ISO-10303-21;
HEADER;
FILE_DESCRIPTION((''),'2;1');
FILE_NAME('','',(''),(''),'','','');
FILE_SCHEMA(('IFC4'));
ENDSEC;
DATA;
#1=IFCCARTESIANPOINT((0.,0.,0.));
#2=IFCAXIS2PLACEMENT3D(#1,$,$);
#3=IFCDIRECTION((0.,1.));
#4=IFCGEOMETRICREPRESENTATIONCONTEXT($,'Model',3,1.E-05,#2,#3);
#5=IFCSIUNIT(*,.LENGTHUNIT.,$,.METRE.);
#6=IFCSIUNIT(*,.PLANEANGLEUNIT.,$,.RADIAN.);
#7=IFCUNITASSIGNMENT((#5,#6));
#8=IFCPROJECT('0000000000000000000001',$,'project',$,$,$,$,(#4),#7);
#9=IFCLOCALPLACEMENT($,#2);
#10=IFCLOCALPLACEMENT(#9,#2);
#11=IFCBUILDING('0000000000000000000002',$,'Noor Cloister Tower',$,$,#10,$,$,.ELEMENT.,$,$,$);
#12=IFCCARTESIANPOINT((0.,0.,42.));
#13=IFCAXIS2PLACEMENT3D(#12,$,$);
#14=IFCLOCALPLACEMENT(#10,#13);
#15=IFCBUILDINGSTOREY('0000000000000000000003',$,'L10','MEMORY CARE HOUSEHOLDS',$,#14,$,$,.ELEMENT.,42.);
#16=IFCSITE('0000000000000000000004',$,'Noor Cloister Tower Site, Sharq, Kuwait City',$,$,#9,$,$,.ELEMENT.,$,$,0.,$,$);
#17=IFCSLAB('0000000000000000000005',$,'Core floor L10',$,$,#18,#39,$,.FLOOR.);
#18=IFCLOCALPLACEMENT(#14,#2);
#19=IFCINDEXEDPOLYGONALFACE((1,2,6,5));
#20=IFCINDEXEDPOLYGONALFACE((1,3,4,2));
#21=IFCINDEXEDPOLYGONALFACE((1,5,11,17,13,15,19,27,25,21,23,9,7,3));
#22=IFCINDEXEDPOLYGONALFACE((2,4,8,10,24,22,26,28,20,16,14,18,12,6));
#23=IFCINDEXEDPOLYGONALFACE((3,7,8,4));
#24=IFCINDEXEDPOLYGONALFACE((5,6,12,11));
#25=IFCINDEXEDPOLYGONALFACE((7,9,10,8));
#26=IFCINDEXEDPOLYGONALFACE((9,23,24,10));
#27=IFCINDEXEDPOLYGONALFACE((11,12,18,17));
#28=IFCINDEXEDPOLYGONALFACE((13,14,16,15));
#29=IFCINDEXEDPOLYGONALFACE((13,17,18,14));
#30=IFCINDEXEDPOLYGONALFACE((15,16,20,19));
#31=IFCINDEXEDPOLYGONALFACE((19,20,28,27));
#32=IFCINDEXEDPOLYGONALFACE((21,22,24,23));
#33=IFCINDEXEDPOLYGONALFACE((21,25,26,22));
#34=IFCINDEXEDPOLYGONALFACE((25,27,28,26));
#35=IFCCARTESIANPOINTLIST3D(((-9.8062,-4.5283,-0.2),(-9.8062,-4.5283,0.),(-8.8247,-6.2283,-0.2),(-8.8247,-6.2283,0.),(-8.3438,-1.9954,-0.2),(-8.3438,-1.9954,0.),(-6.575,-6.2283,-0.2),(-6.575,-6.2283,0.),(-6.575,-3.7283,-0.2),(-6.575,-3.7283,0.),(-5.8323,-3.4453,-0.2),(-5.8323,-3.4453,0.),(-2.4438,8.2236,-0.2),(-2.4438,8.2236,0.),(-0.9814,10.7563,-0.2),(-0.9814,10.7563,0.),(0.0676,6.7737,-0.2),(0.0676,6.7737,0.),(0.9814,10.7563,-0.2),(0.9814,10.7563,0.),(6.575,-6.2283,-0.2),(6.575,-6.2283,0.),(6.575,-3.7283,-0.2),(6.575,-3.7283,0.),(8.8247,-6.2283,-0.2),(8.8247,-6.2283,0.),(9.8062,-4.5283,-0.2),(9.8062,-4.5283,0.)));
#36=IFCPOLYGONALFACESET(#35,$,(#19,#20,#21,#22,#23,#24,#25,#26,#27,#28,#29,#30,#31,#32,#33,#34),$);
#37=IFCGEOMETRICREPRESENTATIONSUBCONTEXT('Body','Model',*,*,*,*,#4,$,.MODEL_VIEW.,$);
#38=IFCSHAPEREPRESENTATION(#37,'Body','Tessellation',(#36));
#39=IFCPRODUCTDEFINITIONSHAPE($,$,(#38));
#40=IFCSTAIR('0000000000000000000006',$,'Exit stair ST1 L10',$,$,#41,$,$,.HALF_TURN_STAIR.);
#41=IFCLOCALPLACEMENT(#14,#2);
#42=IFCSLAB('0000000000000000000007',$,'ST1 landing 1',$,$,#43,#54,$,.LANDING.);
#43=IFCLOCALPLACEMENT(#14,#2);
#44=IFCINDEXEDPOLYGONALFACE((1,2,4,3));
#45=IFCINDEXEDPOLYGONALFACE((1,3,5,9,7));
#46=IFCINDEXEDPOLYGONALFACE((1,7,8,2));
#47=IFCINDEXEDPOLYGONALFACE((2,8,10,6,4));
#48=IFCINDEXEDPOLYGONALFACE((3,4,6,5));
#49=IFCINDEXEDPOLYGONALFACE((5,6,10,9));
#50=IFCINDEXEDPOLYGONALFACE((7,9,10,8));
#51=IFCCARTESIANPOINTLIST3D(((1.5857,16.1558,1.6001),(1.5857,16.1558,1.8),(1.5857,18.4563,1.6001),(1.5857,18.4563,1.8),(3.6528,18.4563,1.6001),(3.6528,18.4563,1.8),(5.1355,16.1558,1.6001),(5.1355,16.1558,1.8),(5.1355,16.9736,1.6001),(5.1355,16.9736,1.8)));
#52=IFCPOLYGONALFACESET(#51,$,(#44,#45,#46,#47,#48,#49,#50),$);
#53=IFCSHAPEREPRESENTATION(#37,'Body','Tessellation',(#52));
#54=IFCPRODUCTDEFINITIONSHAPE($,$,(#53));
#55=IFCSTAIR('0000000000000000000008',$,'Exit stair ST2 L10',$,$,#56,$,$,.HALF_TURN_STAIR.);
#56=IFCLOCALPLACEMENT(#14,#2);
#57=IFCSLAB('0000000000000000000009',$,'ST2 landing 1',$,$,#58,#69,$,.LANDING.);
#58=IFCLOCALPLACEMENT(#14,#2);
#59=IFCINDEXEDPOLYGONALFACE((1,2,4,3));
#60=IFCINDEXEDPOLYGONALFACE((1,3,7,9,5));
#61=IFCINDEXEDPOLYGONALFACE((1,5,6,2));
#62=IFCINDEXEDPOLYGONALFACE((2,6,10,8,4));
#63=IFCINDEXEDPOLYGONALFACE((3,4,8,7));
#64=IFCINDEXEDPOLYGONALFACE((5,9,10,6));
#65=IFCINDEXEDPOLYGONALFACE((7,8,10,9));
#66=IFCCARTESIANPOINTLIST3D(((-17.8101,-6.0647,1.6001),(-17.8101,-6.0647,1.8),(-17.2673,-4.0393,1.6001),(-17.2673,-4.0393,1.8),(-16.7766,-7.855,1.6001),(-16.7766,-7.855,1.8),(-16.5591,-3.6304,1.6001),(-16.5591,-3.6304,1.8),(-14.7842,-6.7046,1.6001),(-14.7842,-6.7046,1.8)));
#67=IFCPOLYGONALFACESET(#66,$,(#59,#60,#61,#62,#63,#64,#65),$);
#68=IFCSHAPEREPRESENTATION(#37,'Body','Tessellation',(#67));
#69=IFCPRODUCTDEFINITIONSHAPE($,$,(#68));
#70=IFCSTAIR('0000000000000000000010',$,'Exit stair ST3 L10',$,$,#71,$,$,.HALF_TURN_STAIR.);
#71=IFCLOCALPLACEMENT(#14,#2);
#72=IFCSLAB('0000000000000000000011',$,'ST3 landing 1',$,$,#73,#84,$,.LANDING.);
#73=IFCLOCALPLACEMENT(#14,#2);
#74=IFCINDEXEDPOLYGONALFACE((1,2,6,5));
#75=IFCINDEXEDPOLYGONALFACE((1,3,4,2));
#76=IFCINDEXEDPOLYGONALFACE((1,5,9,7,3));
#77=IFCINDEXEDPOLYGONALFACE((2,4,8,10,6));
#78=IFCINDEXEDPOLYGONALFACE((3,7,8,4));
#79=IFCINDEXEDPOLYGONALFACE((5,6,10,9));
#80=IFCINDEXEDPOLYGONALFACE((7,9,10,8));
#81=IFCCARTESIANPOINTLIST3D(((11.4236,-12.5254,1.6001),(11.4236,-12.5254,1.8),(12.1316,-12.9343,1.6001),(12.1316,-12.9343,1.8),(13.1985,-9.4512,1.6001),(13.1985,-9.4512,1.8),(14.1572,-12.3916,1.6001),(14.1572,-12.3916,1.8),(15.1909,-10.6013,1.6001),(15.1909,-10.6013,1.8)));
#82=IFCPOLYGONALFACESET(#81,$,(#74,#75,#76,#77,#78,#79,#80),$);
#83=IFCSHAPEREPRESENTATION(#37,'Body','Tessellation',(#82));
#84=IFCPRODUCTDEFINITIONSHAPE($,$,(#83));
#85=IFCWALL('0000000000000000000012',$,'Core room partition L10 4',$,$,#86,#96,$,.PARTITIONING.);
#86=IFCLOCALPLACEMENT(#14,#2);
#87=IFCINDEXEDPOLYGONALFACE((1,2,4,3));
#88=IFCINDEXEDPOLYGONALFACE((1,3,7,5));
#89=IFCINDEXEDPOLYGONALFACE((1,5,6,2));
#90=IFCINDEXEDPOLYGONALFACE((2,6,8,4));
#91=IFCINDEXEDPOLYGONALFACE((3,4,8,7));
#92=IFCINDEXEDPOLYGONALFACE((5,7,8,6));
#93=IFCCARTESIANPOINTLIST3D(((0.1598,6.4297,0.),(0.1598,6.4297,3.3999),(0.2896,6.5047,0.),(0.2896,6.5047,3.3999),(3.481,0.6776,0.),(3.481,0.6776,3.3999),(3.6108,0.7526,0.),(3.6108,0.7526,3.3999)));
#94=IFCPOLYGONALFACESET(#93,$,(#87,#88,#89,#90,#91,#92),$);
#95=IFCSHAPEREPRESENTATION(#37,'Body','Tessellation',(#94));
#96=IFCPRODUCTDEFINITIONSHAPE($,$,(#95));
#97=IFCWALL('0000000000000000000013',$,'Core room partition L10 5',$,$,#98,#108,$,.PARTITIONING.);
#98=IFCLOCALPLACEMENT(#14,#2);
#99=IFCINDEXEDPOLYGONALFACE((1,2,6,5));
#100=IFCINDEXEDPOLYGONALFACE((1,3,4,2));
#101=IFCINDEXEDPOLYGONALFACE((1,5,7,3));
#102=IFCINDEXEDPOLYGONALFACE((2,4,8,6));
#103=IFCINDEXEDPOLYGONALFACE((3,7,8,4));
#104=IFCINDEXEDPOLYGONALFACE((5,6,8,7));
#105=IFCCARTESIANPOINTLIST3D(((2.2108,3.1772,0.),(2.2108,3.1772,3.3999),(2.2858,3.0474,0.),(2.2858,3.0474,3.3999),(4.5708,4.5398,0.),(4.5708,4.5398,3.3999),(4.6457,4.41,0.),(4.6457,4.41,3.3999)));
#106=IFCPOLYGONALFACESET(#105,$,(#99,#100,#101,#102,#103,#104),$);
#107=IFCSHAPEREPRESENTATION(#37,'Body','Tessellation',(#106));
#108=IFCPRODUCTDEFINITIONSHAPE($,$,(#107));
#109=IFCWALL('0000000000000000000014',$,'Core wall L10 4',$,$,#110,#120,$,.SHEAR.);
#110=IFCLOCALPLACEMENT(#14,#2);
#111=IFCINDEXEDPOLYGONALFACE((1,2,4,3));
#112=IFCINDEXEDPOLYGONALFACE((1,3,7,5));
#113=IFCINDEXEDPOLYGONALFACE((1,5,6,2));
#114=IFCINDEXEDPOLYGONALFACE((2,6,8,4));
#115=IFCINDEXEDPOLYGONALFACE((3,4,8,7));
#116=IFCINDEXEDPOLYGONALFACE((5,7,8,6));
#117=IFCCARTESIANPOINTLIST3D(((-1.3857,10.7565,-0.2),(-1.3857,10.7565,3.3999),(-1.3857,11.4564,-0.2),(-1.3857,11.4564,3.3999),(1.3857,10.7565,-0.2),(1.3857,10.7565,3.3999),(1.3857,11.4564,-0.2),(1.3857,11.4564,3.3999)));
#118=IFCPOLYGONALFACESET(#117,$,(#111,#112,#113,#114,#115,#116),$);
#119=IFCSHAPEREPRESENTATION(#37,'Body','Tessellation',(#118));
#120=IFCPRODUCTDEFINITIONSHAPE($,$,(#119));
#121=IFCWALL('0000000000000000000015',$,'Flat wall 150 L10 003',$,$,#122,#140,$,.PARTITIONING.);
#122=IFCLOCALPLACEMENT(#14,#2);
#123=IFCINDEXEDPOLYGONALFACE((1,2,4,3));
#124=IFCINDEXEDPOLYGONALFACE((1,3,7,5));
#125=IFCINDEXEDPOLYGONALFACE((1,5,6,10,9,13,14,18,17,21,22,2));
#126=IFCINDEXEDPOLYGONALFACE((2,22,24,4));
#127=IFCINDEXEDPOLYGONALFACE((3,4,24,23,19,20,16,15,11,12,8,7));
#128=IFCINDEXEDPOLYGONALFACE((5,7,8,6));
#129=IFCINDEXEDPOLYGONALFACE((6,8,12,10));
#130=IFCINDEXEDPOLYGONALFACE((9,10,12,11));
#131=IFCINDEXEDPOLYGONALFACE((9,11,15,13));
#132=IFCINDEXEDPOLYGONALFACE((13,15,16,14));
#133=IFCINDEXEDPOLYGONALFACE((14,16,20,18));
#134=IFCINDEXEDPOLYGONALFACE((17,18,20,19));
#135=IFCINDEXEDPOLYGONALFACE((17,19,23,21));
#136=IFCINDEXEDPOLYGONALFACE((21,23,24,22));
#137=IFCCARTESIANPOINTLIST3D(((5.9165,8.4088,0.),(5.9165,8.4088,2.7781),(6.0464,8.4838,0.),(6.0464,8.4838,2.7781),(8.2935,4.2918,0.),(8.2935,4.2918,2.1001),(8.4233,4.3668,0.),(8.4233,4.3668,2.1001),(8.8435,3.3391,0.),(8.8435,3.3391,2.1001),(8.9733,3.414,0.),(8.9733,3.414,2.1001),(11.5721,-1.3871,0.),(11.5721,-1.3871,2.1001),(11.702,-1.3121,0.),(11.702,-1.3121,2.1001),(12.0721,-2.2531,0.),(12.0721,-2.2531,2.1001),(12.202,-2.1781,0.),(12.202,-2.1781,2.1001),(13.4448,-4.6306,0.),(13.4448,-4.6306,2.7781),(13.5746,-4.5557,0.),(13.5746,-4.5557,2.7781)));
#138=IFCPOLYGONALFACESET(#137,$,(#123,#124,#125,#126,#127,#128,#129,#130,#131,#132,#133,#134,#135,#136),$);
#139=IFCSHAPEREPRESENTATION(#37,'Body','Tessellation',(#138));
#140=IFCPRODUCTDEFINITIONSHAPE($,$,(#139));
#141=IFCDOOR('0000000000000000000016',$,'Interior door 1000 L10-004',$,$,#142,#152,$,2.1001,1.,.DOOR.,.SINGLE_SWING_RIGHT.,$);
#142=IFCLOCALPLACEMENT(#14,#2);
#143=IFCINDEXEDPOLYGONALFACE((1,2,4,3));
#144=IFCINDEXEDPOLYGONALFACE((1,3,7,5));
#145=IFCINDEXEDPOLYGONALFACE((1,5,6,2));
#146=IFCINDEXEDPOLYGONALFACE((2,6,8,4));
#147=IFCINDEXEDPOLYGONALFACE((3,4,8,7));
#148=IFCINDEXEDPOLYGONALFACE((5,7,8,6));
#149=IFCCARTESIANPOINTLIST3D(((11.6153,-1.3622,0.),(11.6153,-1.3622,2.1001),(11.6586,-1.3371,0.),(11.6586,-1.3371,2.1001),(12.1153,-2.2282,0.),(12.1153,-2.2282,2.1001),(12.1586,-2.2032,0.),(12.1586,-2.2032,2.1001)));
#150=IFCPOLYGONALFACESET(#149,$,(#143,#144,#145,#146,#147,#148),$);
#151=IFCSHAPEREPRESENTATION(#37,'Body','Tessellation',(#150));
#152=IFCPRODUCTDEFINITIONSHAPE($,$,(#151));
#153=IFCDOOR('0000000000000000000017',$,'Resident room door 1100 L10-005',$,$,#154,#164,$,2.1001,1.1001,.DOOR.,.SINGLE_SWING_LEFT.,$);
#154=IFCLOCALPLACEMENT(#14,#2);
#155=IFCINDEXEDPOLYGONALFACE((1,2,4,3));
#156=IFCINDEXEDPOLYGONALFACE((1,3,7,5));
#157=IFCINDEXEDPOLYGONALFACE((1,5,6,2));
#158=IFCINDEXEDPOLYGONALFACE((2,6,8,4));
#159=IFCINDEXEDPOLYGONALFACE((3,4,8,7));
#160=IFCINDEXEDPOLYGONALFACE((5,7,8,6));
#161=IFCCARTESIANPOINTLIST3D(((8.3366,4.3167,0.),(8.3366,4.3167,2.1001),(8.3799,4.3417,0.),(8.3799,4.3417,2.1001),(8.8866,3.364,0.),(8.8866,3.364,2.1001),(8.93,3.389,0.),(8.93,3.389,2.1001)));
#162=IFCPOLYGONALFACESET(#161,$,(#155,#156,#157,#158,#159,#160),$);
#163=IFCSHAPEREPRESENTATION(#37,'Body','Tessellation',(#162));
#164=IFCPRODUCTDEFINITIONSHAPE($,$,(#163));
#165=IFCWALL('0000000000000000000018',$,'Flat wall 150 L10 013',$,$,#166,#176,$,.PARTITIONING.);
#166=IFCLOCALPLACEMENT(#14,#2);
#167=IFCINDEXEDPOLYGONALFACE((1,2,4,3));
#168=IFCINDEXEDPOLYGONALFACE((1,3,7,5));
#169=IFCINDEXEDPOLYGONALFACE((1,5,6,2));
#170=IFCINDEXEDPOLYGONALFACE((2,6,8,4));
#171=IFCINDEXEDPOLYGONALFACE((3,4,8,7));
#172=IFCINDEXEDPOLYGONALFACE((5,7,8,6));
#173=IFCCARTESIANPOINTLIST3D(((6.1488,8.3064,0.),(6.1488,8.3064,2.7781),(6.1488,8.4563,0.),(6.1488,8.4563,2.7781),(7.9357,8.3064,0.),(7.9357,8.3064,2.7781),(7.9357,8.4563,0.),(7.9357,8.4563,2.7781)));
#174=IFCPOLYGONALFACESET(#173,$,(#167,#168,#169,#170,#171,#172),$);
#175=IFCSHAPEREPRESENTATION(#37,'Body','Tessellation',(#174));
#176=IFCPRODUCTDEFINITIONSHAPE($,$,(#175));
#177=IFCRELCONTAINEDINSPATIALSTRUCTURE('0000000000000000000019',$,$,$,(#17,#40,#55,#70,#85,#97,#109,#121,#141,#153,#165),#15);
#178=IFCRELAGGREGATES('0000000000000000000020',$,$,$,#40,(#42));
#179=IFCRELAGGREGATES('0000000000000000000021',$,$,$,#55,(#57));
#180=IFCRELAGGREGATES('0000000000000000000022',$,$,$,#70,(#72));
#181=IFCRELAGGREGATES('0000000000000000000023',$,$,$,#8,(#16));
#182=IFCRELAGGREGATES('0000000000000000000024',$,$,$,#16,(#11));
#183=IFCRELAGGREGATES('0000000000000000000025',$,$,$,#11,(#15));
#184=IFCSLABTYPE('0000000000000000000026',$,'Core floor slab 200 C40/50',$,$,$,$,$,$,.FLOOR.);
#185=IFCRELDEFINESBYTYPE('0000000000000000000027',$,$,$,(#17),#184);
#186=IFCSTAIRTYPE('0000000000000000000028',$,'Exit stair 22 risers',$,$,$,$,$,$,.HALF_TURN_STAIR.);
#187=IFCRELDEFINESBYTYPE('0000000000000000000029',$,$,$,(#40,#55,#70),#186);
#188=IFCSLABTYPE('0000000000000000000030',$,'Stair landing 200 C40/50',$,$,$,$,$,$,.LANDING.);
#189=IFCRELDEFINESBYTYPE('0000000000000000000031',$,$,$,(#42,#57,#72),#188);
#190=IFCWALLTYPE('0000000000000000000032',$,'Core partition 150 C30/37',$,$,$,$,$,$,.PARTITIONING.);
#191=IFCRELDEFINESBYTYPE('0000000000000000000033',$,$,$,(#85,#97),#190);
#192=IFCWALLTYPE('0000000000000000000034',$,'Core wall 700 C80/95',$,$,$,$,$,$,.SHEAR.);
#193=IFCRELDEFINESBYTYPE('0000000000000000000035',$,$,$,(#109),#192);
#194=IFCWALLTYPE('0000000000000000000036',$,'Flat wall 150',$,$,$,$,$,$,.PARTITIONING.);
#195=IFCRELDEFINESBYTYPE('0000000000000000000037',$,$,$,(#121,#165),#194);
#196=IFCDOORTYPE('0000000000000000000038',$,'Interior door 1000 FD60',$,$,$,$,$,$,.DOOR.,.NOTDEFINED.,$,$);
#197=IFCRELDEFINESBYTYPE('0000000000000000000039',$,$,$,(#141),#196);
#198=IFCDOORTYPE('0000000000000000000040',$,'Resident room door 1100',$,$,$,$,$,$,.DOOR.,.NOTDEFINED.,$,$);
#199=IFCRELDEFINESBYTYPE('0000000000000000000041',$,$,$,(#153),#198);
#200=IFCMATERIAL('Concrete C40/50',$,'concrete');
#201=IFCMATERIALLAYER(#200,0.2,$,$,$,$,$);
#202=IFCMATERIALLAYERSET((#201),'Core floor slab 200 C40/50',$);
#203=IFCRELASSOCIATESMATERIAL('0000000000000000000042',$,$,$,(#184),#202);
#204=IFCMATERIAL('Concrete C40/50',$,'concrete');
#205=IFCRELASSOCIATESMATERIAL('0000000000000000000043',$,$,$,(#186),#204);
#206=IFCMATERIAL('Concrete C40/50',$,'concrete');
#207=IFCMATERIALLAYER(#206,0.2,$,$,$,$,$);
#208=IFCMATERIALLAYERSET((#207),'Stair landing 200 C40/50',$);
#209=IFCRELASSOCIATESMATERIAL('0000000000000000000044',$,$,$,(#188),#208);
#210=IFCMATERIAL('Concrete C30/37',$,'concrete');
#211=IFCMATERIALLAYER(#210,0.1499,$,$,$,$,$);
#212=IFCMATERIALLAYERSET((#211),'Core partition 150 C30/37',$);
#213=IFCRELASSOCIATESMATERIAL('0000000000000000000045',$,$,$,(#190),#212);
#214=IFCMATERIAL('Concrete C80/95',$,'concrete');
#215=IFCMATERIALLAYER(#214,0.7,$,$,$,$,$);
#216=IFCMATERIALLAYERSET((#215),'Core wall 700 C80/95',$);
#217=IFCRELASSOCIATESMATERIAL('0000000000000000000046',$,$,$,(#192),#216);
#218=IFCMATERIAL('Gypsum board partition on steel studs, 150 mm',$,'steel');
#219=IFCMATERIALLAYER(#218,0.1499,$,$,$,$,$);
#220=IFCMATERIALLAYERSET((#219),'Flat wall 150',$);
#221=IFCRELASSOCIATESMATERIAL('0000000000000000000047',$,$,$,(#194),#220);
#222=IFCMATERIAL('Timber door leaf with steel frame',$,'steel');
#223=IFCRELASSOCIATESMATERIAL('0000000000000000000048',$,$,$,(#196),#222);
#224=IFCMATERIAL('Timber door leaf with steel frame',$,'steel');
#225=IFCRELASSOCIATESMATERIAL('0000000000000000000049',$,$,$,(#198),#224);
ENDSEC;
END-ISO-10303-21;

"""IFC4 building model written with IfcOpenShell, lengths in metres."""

from ifc_helpers import new_model, si_unit, direction, frame, frame_2d, origin, place, context, subcontext, project, spatial, polyline, rectangle, outline, extrude, material, layer, layer_set, type_object, element, fill, aggregate, save


model = new_model("IFC4")

# Units and contexts
model_context = context("Model", 3, precision=1e-05, world=origin(), true_north=direction((0.0, 1.0)))
body_context = subcontext(model_context, "Body", "Model", "MODEL_VIEW")
ifc_project = project(units=[si_unit("LENGTHUNIT", "METRE"), si_unit("PLANEANGLEUNIT", "RADIAN")], contexts=[model_context])

# Site, building, storey
site_placement = place(None, origin())
site = spatial("IfcSite", under=ifc_project, at=site_placement, Name="Noor Cloister Tower Site, Sharq, Kuwait City", CompositionType="ELEMENT", RefElevation=0.0)
building_placement = place(site_placement, origin())
building = spatial("IfcBuilding", under=site, at=building_placement, Name="Noor Cloister Tower", CompositionType="ELEMENT")
storey_placement = place(building_placement, frame((0.0, 0.0, 42.0)))
storey = spatial("IfcBuildingStorey", under=building, at=storey_placement, Name="L10", Description="MEMORY CARE HOUSEHOLDS", CompositionType="ELEMENT", Elevation=42.0)

# Slab
ifc_material_1 = material(Name="Concrete C40/50", Category="concrete")
ifc_layer_1 = layer(ifc_material_1, 0.2)
ifc_layer_set_1 = layer_set([ifc_layer_1], Name="Core floor slab 200 C40/50")
slab_type_1 = type_object("IfcSlabType", Name="Core floor slab 200 C40/50", PredefinedType="FLOOR", material=ifc_layer_set_1)
slab_1_placement = place(storey_placement, frame((0.0, 0.0, -0.2)))
element("IfcSlab", 1, at=slab_1_placement, inside=storey, type_object=slab_type_1, Name="Core floor L10", PredefinedType="FLOOR", context=body_context, shape_type="SweptSolid", body=[
    extrude(outline(polyline([(-6.575, -6.2283), (-6.575, -3.7283), (6.575, -3.7283), (6.575, -6.2283), (8.8247, -6.2283), (9.8062, -4.5283), (0.9814, 10.7563), (-0.9814, 10.7563), (-2.4438, 8.2236), (0.0676, 6.7737), (-5.8323, -3.4453), (-8.3438, -1.9954), (-9.8062, -4.5283), (-8.8247, -6.2283), (-6.575, -6.2283)])), origin(), (0.0, 0.0, 1.0), 0.2),
])

# Stairs, slabs
ifc_material_2 = material(Name="Concrete C40/50", Category="concrete")
stair_type = type_object("IfcStairType", Name="Exit stair 22 risers", PredefinedType="HALF_TURN_STAIR", material=ifc_material_2)
stair_1_placement = place(storey_placement, origin())
stair_1 = element("IfcStair", 2, at=stair_1_placement, inside=storey, type_object=stair_type, Name="Exit stair ST1 L10", PredefinedType="HALF_TURN_STAIR")
ifc_material_3 = material(Name="Concrete C40/50", Category="concrete")
ifc_layer_2 = layer(ifc_material_3, 0.2)
ifc_layer_set_2 = layer_set([ifc_layer_2], Name="Stair landing 200 C40/50")
slab_type_2 = type_object("IfcSlabType", Name="Stair landing 200 C40/50", PredefinedType="LANDING", material=ifc_layer_set_2)
slab_2_placement = place(storey_placement, frame((0.0, 0.0, 1.6001)))
slab_2 = element("IfcSlab", 3, at=slab_2_placement, type_object=slab_type_2, Name="ST1 landing 1", PredefinedType="LANDING", context=body_context, shape_type="SweptSolid", body=[
    extrude(outline(polyline([(5.1355, 16.1558), (5.1355, 16.9736), (3.6528, 18.4563), (1.5857, 18.4563), (1.5857, 16.1558), (5.1355, 16.1558)])), origin(), (0.0, 0.0, 1.0), 0.2),
])
aggregate(stair_1, [slab_2])
stair_2_placement = place(storey_placement, origin())
stair_2 = element("IfcStair", 4, at=stair_2_placement, inside=storey, type_object=stair_type, Name="Exit stair ST2 L10", PredefinedType="HALF_TURN_STAIR")
slab_3_placement = place(storey_placement, frame((0.0, 0.0, 1.6001)))
slab_3 = element("IfcSlab", 5, at=slab_3_placement, type_object=slab_type_2, Name="ST2 landing 1", PredefinedType="LANDING", context=body_context, shape_type="SweptSolid", body=[
    extrude(outline(polyline([(-16.5591, -3.6304), (-17.2673, -4.0393), (-17.8101, -6.0647), (-16.7766, -7.855), (-14.7842, -6.7046), (-16.5591, -3.6304)])), origin(), (0.0, 0.0, 1.0), 0.2),
])
aggregate(stair_2, [slab_3])
stair_3_placement = place(storey_placement, origin())
stair_3 = element("IfcStair", 6, at=stair_3_placement, inside=storey, type_object=stair_type, Name="Exit stair ST3 L10", PredefinedType="HALF_TURN_STAIR")
slab_4_placement = place(storey_placement, frame((0.0, 0.0, 1.6001)))
slab_4 = element("IfcSlab", 7, at=slab_4_placement, type_object=slab_type_2, Name="ST3 landing 1", PredefinedType="LANDING", context=body_context, shape_type="SweptSolid", body=[
    extrude(outline(polyline([(11.4236, -12.5254), (12.1316, -12.9343), (14.1572, -12.3916), (15.1909, -10.6013), (13.1985, -9.4512), (11.4236, -12.5254)])), origin(), (0.0, 0.0, 1.0), 0.2),
])
aggregate(stair_3, [slab_4])

# Walls
ifc_material_4 = material(Name="Concrete C30/37", Category="concrete")
ifc_layer_3 = layer(ifc_material_4, 0.1499)
ifc_layer_set_3 = layer_set([ifc_layer_3], Name="Core partition 150 C30/37")
wall_type_1 = type_object("IfcWallType", Name="Core partition 150 C30/37", PredefinedType="PARTITIONING", material=ifc_layer_set_3)
wall_1_placement = place(storey_placement, frame((3.5459, 0.7151, 0.0), z_axis=(0.0, 0.0, 1.0), x_axis=(-0.500029, 0.866009, 0.0)))
element("IfcWall", 8, at=wall_1_placement, inside=storey, type_object=wall_type_1, Name="Core room partition L10 4", PredefinedType="PARTITIONING", context=body_context, shape_type="SweptSolid", body=[
    extrude(rectangle(XDim=6.6421, YDim=0.1499, at=frame_2d((3.321, 0.0))), origin(), (0.0, 0.0, 1.0), 3.3999),
])
wall_2_placement = place(storey_placement, frame((2.2483, 3.1123, 0.0), z_axis=(0.0, 0.0, 1.0), x_axis=(0.866013, 0.500022, 0.0)))
element("IfcWall", 9, at=wall_2_placement, inside=storey, type_object=wall_type_1, Name="Core room partition L10 5", PredefinedType="PARTITIONING", context=body_context, shape_type="SweptSolid", body=[
    extrude(rectangle(XDim=2.7251, YDim=0.1499, at=frame_2d((1.3625, 0.0))), origin(), (0.0, 0.0, 1.0), 3.3999),
])
ifc_material_5 = material(Name="Concrete C80/95", Category="concrete")
ifc_layer_4 = layer(ifc_material_5, 0.7)
ifc_layer_set_4 = layer_set([ifc_layer_4], Name="Core wall 700 C80/95")
wall_type_2 = type_object("IfcWallType", Name="Core wall 700 C80/95", PredefinedType="SHEAR", material=ifc_layer_set_4)
wall_3_placement = place(storey_placement, frame((1.3857, 11.1064, -0.2), z_axis=(0.0, 0.0, 1.0), x_axis=(-1.0, 0.0, 0.0)))
element("IfcWall", 10, at=wall_3_placement, inside=storey, type_object=wall_type_2, Name="Core wall L10 4", PredefinedType="SHEAR", context=body_context, shape_type="SweptSolid", body=[
    extrude(rectangle(XDim=2.7715, YDim=0.7, at=frame_2d((1.3857, 0.0))), origin(), (0.0, 0.0, 1.0), 3.5999),
])

# Wall, openings, doors
ifc_material_6 = material(Name="Gypsum board partition on steel studs, 150 mm", Category="steel")
ifc_layer_5 = layer(ifc_material_6, 0.1499)
ifc_layer_set_5 = layer_set([ifc_layer_5], Name="Flat wall 150")
wall_type_3 = type_object("IfcWallType", Name="Flat wall 150", PredefinedType="PARTITIONING", material=ifc_layer_set_5)
wall_4_placement = place(storey_placement, frame((5.9814, 8.4463, 0.0), z_axis=(0.0, 0.0, 1.0), x_axis=(0.499997, -0.866027, 0.0)))
wall_4 = element("IfcWall", 11, at=wall_4_placement, inside=storey, type_object=wall_type_3, Name="Flat wall 150 L10 003", PredefinedType="PARTITIONING", context=body_context, shape_type="SweptSolid", body=[
    extrude(rectangle(XDim=15.0566, YDim=0.1499, at=frame_2d((7.5283, 0.0))), origin(), (0.0, 0.0, 1.0), 2.7781),
])
opening_1_placement = place(wall_4_placement, frame((11.3113, 0.0, 0.0)))
opening_1 = element("IfcOpeningElement", 12, at=opening_1_placement, cuts=wall_4, PredefinedType="OPENING", context=body_context, shape_type="SweptSolid", body=[
    extrude(rectangle(XDim=1.0, YDim=2.1001, at=frame_2d((0.5, 1.05))), frame((0.0, 0.085, 0.0), z_axis=(0.0, -1.0, 0.0), x_axis=(1.0, 0.0, 0.0)), (0.0, 0.0, 1.0), 0.1699),
])
opening_2_placement = place(wall_4_placement, frame((4.7539, 0.0, 0.0)))
opening_2 = element("IfcOpeningElement", 13, at=opening_2_placement, cuts=wall_4, PredefinedType="OPENING", context=body_context, shape_type="SweptSolid", body=[
    extrude(rectangle(XDim=1.1001, YDim=2.1001, at=frame_2d((0.55, 1.05))), frame((0.0, 0.085, 0.0), z_axis=(0.0, -1.0, 0.0), x_axis=(1.0, 0.0, 0.0)), (0.0, 0.0, 1.0), 0.1699),
])
ifc_material_7 = material(Name="Timber door leaf with steel frame", Category="steel")
door_type_1 = type_object("IfcDoorType", Name="Interior door 1000 FD60", OperationType="NOTDEFINED", PredefinedType="DOOR", material=ifc_material_7)
door_1_placement = place(opening_1_placement, origin())
door_1 = element("IfcDoor", 14, at=door_1_placement, inside=storey, type_object=door_type_1, Name="Interior door 1000 L10-004", OperationType="SINGLE_SWING_RIGHT", OverallHeight=2.1001, OverallWidth=1.0, PredefinedType="DOOR", context=body_context, shape_type="SweptSolid", body=[
    extrude(rectangle(XDim=1.0, YDim=2.1001, at=frame_2d((0.5, 1.05))), frame((0.0, 0.0249, 0.0), z_axis=(0.0, -1.0, 0.0), x_axis=(1.0, 0.0, 0.0)), (0.0, 0.0, 1.0), 0.05),
])
fill(opening_1, door_1)
ifc_material_8 = material(Name="Timber door leaf with steel frame", Category="steel")
door_type_2 = type_object("IfcDoorType", Name="Resident room door 1100", OperationType="NOTDEFINED", PredefinedType="DOOR", material=ifc_material_8)
door_2_placement = place(opening_2_placement, origin())
door_2 = element("IfcDoor", 15, at=door_2_placement, inside=storey, type_object=door_type_2, Name="Resident room door 1100 L10-005", OperationType="SINGLE_SWING_LEFT", OverallHeight=2.1001, OverallWidth=1.1001, PredefinedType="DOOR", context=body_context, shape_type="SweptSolid", body=[
    extrude(rectangle(XDim=1.1001, YDim=2.1001, at=frame_2d((0.55, 1.05))), frame((0.0, 0.0249, 0.0), z_axis=(0.0, -1.0, 0.0), x_axis=(1.0, 0.0, 0.0)), (0.0, 0.0, 1.0), 0.05),
])
fill(opening_2, door_2)

# Wall
wall_5_placement = place(storey_placement, frame((6.1487, 8.3813, 0.0), z_axis=(0.0, 0.0, 1.0), x_axis=(1.0, 0.0, 0.0)))
element("IfcWall", 16, at=wall_5_placement, inside=storey, type_object=wall_type_3, Name="Flat wall 150 L10 013", PredefinedType="PARTITIONING", context=body_context, shape_type="SweptSolid", body=[
    extrude(rectangle(XDim=1.7869, YDim=0.1499, at=frame_2d((0.8936, 0.0))), origin(), (0.0, 0.0, 1.0), 2.7781),
])

save(model, "model.ifc")
